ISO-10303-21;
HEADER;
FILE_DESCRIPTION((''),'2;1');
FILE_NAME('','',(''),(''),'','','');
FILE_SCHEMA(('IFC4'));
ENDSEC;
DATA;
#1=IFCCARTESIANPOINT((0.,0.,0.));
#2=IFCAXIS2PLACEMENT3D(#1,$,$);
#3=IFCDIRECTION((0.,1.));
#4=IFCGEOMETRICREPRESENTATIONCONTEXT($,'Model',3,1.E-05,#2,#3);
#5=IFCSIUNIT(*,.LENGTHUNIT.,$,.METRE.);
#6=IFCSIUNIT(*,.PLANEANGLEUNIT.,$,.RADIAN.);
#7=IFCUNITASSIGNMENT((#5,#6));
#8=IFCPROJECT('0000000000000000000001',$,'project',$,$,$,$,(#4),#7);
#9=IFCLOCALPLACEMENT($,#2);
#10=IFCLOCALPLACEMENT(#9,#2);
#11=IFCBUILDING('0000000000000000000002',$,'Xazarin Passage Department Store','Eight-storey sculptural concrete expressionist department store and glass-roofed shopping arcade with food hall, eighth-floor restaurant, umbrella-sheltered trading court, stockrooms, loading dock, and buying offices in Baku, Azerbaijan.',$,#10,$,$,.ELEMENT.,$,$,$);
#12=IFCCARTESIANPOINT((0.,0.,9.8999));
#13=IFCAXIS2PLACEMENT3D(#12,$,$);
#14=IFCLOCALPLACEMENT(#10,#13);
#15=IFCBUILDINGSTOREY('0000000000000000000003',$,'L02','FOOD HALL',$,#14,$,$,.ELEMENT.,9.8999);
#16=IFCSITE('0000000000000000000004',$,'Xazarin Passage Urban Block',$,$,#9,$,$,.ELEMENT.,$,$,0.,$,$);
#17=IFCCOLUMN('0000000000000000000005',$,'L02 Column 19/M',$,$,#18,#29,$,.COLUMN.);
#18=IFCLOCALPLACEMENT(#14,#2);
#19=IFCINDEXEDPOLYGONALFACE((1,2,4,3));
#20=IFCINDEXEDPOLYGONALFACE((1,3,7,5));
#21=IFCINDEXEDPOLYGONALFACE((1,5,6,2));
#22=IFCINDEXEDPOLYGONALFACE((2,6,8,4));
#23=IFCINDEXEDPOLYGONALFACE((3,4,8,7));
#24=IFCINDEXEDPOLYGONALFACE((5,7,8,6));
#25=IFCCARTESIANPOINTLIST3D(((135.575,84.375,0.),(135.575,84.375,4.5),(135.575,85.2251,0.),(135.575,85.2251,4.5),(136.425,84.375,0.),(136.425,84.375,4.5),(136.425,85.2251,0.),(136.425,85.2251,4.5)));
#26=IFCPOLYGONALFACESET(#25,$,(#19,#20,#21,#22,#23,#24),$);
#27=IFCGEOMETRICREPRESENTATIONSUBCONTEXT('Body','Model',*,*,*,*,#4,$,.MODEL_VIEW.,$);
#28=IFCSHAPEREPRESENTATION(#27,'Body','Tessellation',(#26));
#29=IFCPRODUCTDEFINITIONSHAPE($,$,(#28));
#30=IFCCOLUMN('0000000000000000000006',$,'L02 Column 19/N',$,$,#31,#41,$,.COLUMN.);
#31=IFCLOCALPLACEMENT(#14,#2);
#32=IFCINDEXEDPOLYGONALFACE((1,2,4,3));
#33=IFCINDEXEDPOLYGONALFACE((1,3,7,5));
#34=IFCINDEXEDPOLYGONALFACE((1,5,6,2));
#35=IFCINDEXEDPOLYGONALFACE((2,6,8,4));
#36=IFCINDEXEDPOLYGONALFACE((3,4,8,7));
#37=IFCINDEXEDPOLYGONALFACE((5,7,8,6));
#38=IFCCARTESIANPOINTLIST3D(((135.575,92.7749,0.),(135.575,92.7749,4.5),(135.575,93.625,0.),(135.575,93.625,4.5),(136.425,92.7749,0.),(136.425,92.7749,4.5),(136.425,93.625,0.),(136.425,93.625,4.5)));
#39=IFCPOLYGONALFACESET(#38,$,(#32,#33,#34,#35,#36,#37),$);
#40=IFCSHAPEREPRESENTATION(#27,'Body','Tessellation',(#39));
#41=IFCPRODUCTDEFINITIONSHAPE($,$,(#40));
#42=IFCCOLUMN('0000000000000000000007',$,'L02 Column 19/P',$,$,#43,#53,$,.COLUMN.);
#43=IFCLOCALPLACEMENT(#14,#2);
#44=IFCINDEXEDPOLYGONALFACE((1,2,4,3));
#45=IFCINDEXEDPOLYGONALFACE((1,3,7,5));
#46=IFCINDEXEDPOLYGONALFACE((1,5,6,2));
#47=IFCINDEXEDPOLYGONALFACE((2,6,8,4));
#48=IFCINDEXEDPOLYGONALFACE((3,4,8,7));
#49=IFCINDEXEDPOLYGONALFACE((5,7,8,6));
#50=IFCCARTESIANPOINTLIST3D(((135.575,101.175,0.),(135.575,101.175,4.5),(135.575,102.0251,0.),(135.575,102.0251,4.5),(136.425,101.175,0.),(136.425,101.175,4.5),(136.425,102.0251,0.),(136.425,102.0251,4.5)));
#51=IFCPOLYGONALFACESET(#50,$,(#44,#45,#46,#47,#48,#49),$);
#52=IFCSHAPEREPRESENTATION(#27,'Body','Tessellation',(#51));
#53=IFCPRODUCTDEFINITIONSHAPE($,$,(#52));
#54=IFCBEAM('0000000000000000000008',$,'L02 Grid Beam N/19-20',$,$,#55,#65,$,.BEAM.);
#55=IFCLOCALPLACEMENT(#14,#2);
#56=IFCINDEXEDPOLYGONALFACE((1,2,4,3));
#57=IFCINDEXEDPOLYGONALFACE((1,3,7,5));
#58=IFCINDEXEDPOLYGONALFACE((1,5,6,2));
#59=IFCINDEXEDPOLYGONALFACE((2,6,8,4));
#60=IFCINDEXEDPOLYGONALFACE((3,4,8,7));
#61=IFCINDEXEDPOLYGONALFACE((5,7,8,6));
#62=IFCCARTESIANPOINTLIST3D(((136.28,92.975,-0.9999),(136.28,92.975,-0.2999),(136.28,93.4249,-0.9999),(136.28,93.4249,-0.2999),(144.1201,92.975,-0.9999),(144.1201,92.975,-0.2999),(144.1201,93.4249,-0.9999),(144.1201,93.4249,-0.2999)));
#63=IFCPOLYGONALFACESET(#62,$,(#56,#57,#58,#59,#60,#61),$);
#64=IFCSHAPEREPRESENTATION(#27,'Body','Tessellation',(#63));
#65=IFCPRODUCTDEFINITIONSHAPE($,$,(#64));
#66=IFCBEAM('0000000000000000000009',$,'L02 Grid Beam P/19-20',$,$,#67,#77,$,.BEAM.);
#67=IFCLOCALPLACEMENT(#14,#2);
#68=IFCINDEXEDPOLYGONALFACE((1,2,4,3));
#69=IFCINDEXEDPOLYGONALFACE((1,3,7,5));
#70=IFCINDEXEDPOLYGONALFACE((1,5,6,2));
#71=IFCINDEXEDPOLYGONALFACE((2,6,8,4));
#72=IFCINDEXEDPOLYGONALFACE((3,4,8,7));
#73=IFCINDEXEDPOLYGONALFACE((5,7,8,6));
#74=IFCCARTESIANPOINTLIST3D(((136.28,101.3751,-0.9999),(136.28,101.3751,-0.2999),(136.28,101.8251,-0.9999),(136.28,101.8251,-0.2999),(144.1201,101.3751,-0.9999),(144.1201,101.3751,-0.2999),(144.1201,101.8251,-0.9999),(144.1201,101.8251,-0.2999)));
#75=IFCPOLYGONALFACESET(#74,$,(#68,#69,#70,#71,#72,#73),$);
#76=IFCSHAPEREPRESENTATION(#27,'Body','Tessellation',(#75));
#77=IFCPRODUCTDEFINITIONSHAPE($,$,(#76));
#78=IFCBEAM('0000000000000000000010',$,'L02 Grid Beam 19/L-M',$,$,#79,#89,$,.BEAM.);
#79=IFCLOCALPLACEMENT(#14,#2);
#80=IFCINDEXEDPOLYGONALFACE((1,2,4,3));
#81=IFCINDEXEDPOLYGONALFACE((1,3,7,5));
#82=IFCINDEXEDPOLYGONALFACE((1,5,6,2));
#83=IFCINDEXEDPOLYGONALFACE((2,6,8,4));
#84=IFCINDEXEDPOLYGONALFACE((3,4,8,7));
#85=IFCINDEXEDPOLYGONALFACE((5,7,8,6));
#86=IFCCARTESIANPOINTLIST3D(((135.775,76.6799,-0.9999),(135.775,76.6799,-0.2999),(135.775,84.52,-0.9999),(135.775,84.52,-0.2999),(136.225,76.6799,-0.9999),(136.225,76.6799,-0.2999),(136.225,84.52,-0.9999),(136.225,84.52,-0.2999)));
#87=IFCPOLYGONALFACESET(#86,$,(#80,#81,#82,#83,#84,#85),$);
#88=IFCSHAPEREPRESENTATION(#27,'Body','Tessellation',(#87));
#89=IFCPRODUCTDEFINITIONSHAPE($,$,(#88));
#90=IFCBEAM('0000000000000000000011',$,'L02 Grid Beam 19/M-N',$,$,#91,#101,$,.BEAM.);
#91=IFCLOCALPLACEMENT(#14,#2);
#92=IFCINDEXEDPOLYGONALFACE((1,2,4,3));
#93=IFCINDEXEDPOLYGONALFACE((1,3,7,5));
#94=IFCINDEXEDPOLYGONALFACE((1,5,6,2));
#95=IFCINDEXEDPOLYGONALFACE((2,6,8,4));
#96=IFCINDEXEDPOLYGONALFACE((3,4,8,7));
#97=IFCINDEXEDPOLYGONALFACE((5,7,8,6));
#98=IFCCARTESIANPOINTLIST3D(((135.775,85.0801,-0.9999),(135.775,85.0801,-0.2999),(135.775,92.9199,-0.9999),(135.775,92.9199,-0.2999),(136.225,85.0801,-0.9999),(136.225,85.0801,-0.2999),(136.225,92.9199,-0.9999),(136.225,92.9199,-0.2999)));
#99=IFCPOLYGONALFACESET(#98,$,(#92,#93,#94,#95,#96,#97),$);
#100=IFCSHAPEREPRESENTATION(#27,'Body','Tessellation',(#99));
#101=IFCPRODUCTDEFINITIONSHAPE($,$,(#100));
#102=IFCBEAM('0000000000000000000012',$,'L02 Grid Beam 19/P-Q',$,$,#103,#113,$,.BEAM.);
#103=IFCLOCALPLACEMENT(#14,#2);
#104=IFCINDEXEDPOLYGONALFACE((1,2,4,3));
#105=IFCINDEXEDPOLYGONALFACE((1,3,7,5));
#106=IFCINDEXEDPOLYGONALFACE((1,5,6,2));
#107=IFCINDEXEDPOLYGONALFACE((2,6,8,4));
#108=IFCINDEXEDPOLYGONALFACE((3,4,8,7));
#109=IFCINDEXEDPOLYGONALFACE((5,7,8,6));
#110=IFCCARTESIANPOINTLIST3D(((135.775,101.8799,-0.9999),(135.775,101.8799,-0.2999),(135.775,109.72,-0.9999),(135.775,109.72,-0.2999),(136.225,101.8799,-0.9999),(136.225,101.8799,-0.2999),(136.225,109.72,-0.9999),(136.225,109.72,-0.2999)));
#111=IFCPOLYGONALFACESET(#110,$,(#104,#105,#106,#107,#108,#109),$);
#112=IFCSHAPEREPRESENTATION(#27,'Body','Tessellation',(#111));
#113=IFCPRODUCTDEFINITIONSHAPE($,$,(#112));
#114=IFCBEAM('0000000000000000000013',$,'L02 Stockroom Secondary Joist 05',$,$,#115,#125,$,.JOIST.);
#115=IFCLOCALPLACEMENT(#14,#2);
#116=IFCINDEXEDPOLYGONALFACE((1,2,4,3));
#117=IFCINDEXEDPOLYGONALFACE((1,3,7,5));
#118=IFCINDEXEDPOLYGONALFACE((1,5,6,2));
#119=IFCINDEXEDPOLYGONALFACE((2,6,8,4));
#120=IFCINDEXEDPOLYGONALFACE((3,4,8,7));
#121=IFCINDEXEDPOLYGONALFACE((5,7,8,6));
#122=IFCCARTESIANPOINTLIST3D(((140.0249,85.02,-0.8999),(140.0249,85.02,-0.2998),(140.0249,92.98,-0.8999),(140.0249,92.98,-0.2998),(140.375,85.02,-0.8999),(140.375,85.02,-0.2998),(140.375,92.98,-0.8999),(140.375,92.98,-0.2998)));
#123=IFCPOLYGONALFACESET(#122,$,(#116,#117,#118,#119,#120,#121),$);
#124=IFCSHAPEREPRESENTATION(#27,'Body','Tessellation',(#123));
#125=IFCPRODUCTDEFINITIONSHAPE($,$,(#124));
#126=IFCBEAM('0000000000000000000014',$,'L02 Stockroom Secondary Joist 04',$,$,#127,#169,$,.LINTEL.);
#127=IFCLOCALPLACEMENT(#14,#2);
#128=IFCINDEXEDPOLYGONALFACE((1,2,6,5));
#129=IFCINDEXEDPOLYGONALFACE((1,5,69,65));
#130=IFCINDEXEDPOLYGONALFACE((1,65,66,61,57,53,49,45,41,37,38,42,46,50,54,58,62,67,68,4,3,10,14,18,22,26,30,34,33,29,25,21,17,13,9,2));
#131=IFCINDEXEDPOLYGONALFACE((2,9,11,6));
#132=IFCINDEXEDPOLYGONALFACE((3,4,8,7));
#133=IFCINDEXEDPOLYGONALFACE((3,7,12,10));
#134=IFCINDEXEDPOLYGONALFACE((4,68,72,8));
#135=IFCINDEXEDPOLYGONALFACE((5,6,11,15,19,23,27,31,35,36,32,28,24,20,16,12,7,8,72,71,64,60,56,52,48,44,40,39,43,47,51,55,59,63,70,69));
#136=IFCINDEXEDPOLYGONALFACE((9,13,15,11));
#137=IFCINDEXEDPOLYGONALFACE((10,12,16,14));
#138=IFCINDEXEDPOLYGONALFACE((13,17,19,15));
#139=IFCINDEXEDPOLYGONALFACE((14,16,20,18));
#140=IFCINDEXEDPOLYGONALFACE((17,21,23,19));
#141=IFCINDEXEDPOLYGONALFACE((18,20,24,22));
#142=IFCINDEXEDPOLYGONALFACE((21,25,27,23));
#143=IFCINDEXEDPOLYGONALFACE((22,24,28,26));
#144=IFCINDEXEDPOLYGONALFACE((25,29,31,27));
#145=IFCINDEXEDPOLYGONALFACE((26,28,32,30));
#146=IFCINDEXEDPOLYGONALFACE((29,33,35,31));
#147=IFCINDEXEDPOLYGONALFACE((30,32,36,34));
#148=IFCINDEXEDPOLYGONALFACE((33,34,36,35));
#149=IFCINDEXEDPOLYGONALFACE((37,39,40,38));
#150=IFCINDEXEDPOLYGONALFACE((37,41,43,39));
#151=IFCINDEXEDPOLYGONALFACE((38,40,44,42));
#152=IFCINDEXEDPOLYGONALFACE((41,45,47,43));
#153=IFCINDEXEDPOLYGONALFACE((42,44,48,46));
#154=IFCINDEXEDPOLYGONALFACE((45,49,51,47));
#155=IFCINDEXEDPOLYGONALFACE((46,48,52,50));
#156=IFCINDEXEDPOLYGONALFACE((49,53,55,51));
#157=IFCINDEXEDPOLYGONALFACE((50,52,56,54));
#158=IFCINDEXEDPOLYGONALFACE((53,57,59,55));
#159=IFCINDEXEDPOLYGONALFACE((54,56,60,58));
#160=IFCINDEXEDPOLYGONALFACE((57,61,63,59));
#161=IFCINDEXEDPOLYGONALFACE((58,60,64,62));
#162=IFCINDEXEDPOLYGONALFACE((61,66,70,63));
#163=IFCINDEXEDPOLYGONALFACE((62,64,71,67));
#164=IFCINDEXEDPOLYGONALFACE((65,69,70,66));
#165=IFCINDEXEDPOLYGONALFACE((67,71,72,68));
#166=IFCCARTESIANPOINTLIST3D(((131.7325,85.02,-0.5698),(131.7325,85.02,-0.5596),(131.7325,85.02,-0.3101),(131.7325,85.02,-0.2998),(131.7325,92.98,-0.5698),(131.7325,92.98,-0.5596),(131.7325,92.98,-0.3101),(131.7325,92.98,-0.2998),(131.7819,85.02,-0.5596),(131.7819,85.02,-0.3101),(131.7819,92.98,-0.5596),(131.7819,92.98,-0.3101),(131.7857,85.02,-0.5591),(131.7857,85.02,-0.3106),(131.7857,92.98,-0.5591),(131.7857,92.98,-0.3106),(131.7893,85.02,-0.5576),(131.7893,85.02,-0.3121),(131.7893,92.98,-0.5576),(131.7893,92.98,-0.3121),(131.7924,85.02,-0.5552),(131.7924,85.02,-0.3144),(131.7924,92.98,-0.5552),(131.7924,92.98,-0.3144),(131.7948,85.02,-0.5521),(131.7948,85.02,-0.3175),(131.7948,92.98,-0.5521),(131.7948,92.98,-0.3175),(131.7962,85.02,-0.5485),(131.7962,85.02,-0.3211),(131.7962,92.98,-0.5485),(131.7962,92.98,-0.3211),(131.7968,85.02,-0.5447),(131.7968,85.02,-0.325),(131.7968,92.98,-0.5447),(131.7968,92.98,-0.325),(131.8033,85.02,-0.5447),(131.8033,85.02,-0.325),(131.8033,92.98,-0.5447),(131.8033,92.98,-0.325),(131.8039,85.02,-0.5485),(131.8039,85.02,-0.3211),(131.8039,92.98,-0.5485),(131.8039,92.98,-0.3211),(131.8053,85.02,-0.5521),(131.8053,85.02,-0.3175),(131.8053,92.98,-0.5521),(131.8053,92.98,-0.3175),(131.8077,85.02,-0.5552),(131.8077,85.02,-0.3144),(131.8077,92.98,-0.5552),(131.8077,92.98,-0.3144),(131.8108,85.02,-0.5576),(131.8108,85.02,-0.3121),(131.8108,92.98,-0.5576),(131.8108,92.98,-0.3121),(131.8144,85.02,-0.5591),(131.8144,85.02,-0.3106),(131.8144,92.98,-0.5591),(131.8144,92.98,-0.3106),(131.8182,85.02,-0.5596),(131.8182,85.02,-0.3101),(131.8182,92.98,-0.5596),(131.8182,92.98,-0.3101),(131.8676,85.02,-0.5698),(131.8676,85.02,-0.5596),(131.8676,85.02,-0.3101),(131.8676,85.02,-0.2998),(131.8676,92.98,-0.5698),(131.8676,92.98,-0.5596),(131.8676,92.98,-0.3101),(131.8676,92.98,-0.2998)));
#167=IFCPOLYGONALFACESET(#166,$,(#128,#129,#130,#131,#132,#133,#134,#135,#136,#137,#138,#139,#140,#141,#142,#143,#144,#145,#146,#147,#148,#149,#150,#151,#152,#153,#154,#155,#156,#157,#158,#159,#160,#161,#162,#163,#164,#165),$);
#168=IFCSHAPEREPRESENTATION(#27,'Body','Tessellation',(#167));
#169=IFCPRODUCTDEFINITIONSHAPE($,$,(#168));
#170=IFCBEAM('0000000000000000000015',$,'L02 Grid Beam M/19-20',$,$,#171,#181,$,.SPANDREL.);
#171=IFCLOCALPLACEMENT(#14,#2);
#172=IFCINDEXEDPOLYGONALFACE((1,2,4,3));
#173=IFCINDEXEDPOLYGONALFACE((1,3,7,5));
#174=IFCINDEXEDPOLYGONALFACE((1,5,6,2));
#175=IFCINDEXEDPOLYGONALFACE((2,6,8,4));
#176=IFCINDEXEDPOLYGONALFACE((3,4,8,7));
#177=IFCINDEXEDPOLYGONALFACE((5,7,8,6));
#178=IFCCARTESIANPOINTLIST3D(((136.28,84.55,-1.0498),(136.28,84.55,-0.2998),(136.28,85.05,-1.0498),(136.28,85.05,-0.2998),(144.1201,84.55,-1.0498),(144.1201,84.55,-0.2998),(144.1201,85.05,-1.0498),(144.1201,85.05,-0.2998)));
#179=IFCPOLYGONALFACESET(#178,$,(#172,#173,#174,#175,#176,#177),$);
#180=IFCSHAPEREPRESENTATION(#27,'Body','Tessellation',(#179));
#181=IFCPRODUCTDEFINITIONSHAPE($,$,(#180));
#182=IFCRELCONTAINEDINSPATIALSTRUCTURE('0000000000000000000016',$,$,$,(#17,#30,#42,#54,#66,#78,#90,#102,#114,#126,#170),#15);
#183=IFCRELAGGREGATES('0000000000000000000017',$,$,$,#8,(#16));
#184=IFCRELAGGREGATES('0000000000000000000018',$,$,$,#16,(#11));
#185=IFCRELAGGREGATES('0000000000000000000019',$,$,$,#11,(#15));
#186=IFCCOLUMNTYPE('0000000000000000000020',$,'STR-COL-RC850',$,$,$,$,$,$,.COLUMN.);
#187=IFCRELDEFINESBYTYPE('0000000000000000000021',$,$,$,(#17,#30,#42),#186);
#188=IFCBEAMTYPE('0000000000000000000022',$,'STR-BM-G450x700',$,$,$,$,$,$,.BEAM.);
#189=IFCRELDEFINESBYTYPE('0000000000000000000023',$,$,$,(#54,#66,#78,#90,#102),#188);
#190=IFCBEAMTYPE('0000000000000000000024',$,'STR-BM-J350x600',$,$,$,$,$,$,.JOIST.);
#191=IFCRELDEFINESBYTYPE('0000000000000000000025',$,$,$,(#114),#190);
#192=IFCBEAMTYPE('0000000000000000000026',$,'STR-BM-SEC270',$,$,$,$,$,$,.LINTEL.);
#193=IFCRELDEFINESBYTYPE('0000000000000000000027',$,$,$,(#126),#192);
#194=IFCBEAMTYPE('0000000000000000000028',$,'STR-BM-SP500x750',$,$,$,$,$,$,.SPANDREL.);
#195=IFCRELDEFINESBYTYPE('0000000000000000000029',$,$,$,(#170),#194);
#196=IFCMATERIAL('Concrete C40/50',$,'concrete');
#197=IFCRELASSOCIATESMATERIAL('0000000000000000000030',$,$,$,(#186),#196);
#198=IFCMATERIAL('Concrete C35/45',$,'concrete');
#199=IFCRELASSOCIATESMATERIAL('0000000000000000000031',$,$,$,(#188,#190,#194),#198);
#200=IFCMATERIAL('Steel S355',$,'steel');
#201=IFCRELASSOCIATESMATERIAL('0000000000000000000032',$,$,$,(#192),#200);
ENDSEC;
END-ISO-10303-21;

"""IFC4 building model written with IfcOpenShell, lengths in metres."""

from ifc_helpers import new_model, si_unit, direction, frame, origin, origin_2d, place, context, subcontext, project, spatial, rectangle, i_section, extrude, material, material_profile, profile_set, type_object, element, save


model = new_model("IFC4")

# Units and contexts
model_context = context("Model", 3, precision=1e-05, world=origin(), true_north=direction((0.0, 1.0)))
body_context = subcontext(model_context, "Body", "Model", "MODEL_VIEW")
ifc_project = project(units=[si_unit("LENGTHUNIT", "METRE"), si_unit("PLANEANGLEUNIT", "RADIAN")], contexts=[model_context])

# Site, building, storey
site_placement = place(None, origin())
site = spatial("IfcSite", under=ifc_project, at=site_placement, Name="Xazarin Passage Urban Block", CompositionType="ELEMENT", RefElevation=0.0)
building_placement = place(site_placement, origin())
building = spatial("IfcBuilding", under=site, at=building_placement, Name="Xazarin Passage Department Store", Description="Eight-storey sculptural concrete expressionist department store and glass-roofed shopping arcade with food hall, eighth-floor restaurant, umbrella-sheltered trading court, stockrooms, loading dock, and buying offices in Baku, Azerbaijan.", CompositionType="ELEMENT")
storey_placement = place(building_placement, frame((0.0, 0.0, 9.8999)))
storey = spatial("IfcBuildingStorey", under=building, at=storey_placement, Name="L02", Description="FOOD HALL", CompositionType="ELEMENT", Elevation=9.8999)

# Columns
ifc_material_1 = material(Name="Concrete C40/50", Category="concrete")
ifc_material_profile_1 = material_profile(ifc_material_1, rectangle(XDim=0.8501, YDim=0.8501, at=origin_2d()), Name="RC 850x850")
ifc_profile_set_1 = profile_set([ifc_material_profile_1], Name="Concrete C40/50")
column_type = type_object("IfcColumnType", Name="STR-COL-RC850", PredefinedType="COLUMN", material=ifc_profile_set_1)
for number, where, z_axis, x_axis, name in (
    (1, (136.0, 84.8, 0.0), (0.0, 0.0, 1.0), (1.0, 0.0, 0.0), "L02 Column 19/M"),
    (2, (136.0, 93.2, 0.0), (0.0, 0.0, 1.0), (1.0, 0.0, 0.0), "L02 Column 19/N"),
    (3, (136.0, 101.6001, 0.0), (0.0, 0.0, 1.0), (1.0, 0.0, 0.0), "L02 Column 19/P"),
):
    element("IfcColumn", number, at=place(storey_placement, frame(where, z_axis=z_axis, x_axis=x_axis)), inside=storey, type_object=column_type, Name=name, PredefinedType="COLUMN", context=body_context, shape_type="SweptSolid", body=[
        extrude(rectangle(XDim=0.8501, YDim=0.8501, at=origin_2d()), origin(), (0.0, 0.0, 1.0), 4.5),
    ])

# Beams
ifc_material_2 = material(Name="Concrete C35/45", Category="concrete")
ifc_material_profile_2 = material_profile(ifc_material_2, rectangle(XDim=0.45, YDim=0.7, at=origin_2d()), Name="RC 450x700")
ifc_profile_set_2 = profile_set([ifc_material_profile_2], Name="Concrete C35/45")
beam_type_1 = type_object("IfcBeamType", Name="STR-BM-G450x700", PredefinedType="BEAM", material=ifc_profile_set_2)
for number, where, z_axis, x_axis, name in (
    (4, (136.28, 93.2, -0.6499), (1.0, 0.0, 0.0), (0.0, 1.0, 0.0), "L02 Grid Beam N/19-20"),
    (5, (136.28, 101.6001, -0.6499), (1.0, 0.0, 0.0), (0.0, 1.0, 0.0), "L02 Grid Beam P/19-20"),
    (6, (136.0, 76.6799, -0.6499), (0.0, 1.0, 0.0), (-1.0, 0.0, 0.0), "L02 Grid Beam 19/L-M"),
):
    element("IfcBeam", number, at=place(storey_placement, frame(where, z_axis=z_axis, x_axis=x_axis)), inside=storey, type_object=beam_type_1, Name=name, PredefinedType="BEAM", context=body_context, shape_type="SweptSolid", body=[
        extrude(rectangle(XDim=0.45, YDim=0.7, at=origin_2d()), origin(), (0.0, 0.0, 1.0), 7.8401),
    ])
beam_1_placement = place(storey_placement, frame((136.0, 85.0801, -0.6499), z_axis=(0.0, 1.0, 0.0), x_axis=(-1.0, 0.0, 0.0)))
element("IfcBeam", 7, at=beam_1_placement, inside=storey, type_object=beam_type_1, Name="L02 Grid Beam 19/M-N", PredefinedType="BEAM", context=body_context, shape_type="SweptSolid", body=[
    extrude(rectangle(XDim=0.45, YDim=0.7, at=origin_2d()), origin(), (0.0, 0.0, 1.0), 7.8398),
])
beam_2_placement = place(storey_placement, frame((136.0, 101.8799, -0.6499), z_axis=(0.0, 1.0, 0.0), x_axis=(-1.0, 0.0, 0.0)))
element("IfcBeam", 8, at=beam_2_placement, inside=storey, type_object=beam_type_1, Name="L02 Grid Beam 19/P-Q", PredefinedType="BEAM", context=body_context, shape_type="SweptSolid", body=[
    extrude(rectangle(XDim=0.45, YDim=0.7, at=origin_2d()), origin(), (0.0, 0.0, 1.0), 7.8401),
])
ifc_material_profile_3 = material_profile(ifc_material_2, rectangle(XDim=0.3501, YDim=0.6001, at=origin_2d()), Name="RC 350x600")
ifc_profile_set_3 = profile_set([ifc_material_profile_3], Name="Concrete C35/45")
beam_type_2 = type_object("IfcBeamType", Name="STR-BM-J350x600", PredefinedType="JOIST", material=ifc_profile_set_3)
beam_3_placement = place(storey_placement, frame((140.2, 85.02, -0.5999), z_axis=(0.0, 1.0, 0.0), x_axis=(-1.0, 0.0, 0.0)))
element("IfcBeam", 9, at=beam_3_placement, inside=storey, type_object=beam_type_2, Name="L02 Stockroom Secondary Joist 05", PredefinedType="JOIST", context=body_context, shape_type="SweptSolid", body=[
    extrude(rectangle(XDim=0.3501, YDim=0.6001, at=origin_2d()), origin(), (0.0, 0.0, 1.0), 7.96),
])
ifc_material_3 = material(Name="Steel S355", Category="steel")
ifc_material_profile_4 = material_profile(ifc_material_3, i_section(OverallWidth=0.135, OverallDepth=0.27, WebThickness=0.0066, FlangeThickness=0.0103, FilletRadius=0.0149, at=origin_2d()), Name="IPE 270")
ifc_profile_set_4 = profile_set([ifc_material_profile_4], Name="Steel S355")
beam_type_3 = type_object("IfcBeamType", Name="STR-BM-SEC270", PredefinedType="LINTEL", material=ifc_profile_set_4)
beam_4_placement = place(storey_placement, frame((131.8, 85.02, -0.4348), z_axis=(0.0, 1.0, 0.0), x_axis=(-1.0, 0.0, 0.0)))
element("IfcBeam", 10, at=beam_4_placement, inside=storey, type_object=beam_type_3, Name="L02 Stockroom Secondary Joist 04", PredefinedType="LINTEL", context=body_context, shape_type="SweptSolid", body=[
    extrude(i_section(OverallWidth=0.135, OverallDepth=0.27, WebThickness=0.0066, FlangeThickness=0.0103, FilletRadius=0.0149, at=origin_2d()), origin(), (0.0, 0.0, 1.0), 7.96),
])
ifc_material_profile_5 = material_profile(ifc_material_2, rectangle(XDim=0.5, YDim=0.75, at=origin_2d()), Name="RC 500x750")
ifc_profile_set_5 = profile_set([ifc_material_profile_5], Name="Concrete C35/45")
beam_type_4 = type_object("IfcBeamType", Name="STR-BM-SP500x750", PredefinedType="SPANDREL", material=ifc_profile_set_5)
beam_5_placement = place(storey_placement, frame((136.28, 84.8, -0.6748), z_axis=(1.0, 0.0, 0.0), x_axis=(0.0, 1.0, 0.0)))
element("IfcBeam", 11, at=beam_5_placement, inside=storey, type_object=beam_type_4, Name="L02 Grid Beam M/19-20", PredefinedType="SPANDREL", context=body_context, shape_type="SweptSolid", body=[
    extrude(rectangle(XDim=0.5, YDim=0.75, at=origin_2d()), origin(), (0.0, 0.0, 1.0), 7.8401),
])

save(model, "model.ifc")
